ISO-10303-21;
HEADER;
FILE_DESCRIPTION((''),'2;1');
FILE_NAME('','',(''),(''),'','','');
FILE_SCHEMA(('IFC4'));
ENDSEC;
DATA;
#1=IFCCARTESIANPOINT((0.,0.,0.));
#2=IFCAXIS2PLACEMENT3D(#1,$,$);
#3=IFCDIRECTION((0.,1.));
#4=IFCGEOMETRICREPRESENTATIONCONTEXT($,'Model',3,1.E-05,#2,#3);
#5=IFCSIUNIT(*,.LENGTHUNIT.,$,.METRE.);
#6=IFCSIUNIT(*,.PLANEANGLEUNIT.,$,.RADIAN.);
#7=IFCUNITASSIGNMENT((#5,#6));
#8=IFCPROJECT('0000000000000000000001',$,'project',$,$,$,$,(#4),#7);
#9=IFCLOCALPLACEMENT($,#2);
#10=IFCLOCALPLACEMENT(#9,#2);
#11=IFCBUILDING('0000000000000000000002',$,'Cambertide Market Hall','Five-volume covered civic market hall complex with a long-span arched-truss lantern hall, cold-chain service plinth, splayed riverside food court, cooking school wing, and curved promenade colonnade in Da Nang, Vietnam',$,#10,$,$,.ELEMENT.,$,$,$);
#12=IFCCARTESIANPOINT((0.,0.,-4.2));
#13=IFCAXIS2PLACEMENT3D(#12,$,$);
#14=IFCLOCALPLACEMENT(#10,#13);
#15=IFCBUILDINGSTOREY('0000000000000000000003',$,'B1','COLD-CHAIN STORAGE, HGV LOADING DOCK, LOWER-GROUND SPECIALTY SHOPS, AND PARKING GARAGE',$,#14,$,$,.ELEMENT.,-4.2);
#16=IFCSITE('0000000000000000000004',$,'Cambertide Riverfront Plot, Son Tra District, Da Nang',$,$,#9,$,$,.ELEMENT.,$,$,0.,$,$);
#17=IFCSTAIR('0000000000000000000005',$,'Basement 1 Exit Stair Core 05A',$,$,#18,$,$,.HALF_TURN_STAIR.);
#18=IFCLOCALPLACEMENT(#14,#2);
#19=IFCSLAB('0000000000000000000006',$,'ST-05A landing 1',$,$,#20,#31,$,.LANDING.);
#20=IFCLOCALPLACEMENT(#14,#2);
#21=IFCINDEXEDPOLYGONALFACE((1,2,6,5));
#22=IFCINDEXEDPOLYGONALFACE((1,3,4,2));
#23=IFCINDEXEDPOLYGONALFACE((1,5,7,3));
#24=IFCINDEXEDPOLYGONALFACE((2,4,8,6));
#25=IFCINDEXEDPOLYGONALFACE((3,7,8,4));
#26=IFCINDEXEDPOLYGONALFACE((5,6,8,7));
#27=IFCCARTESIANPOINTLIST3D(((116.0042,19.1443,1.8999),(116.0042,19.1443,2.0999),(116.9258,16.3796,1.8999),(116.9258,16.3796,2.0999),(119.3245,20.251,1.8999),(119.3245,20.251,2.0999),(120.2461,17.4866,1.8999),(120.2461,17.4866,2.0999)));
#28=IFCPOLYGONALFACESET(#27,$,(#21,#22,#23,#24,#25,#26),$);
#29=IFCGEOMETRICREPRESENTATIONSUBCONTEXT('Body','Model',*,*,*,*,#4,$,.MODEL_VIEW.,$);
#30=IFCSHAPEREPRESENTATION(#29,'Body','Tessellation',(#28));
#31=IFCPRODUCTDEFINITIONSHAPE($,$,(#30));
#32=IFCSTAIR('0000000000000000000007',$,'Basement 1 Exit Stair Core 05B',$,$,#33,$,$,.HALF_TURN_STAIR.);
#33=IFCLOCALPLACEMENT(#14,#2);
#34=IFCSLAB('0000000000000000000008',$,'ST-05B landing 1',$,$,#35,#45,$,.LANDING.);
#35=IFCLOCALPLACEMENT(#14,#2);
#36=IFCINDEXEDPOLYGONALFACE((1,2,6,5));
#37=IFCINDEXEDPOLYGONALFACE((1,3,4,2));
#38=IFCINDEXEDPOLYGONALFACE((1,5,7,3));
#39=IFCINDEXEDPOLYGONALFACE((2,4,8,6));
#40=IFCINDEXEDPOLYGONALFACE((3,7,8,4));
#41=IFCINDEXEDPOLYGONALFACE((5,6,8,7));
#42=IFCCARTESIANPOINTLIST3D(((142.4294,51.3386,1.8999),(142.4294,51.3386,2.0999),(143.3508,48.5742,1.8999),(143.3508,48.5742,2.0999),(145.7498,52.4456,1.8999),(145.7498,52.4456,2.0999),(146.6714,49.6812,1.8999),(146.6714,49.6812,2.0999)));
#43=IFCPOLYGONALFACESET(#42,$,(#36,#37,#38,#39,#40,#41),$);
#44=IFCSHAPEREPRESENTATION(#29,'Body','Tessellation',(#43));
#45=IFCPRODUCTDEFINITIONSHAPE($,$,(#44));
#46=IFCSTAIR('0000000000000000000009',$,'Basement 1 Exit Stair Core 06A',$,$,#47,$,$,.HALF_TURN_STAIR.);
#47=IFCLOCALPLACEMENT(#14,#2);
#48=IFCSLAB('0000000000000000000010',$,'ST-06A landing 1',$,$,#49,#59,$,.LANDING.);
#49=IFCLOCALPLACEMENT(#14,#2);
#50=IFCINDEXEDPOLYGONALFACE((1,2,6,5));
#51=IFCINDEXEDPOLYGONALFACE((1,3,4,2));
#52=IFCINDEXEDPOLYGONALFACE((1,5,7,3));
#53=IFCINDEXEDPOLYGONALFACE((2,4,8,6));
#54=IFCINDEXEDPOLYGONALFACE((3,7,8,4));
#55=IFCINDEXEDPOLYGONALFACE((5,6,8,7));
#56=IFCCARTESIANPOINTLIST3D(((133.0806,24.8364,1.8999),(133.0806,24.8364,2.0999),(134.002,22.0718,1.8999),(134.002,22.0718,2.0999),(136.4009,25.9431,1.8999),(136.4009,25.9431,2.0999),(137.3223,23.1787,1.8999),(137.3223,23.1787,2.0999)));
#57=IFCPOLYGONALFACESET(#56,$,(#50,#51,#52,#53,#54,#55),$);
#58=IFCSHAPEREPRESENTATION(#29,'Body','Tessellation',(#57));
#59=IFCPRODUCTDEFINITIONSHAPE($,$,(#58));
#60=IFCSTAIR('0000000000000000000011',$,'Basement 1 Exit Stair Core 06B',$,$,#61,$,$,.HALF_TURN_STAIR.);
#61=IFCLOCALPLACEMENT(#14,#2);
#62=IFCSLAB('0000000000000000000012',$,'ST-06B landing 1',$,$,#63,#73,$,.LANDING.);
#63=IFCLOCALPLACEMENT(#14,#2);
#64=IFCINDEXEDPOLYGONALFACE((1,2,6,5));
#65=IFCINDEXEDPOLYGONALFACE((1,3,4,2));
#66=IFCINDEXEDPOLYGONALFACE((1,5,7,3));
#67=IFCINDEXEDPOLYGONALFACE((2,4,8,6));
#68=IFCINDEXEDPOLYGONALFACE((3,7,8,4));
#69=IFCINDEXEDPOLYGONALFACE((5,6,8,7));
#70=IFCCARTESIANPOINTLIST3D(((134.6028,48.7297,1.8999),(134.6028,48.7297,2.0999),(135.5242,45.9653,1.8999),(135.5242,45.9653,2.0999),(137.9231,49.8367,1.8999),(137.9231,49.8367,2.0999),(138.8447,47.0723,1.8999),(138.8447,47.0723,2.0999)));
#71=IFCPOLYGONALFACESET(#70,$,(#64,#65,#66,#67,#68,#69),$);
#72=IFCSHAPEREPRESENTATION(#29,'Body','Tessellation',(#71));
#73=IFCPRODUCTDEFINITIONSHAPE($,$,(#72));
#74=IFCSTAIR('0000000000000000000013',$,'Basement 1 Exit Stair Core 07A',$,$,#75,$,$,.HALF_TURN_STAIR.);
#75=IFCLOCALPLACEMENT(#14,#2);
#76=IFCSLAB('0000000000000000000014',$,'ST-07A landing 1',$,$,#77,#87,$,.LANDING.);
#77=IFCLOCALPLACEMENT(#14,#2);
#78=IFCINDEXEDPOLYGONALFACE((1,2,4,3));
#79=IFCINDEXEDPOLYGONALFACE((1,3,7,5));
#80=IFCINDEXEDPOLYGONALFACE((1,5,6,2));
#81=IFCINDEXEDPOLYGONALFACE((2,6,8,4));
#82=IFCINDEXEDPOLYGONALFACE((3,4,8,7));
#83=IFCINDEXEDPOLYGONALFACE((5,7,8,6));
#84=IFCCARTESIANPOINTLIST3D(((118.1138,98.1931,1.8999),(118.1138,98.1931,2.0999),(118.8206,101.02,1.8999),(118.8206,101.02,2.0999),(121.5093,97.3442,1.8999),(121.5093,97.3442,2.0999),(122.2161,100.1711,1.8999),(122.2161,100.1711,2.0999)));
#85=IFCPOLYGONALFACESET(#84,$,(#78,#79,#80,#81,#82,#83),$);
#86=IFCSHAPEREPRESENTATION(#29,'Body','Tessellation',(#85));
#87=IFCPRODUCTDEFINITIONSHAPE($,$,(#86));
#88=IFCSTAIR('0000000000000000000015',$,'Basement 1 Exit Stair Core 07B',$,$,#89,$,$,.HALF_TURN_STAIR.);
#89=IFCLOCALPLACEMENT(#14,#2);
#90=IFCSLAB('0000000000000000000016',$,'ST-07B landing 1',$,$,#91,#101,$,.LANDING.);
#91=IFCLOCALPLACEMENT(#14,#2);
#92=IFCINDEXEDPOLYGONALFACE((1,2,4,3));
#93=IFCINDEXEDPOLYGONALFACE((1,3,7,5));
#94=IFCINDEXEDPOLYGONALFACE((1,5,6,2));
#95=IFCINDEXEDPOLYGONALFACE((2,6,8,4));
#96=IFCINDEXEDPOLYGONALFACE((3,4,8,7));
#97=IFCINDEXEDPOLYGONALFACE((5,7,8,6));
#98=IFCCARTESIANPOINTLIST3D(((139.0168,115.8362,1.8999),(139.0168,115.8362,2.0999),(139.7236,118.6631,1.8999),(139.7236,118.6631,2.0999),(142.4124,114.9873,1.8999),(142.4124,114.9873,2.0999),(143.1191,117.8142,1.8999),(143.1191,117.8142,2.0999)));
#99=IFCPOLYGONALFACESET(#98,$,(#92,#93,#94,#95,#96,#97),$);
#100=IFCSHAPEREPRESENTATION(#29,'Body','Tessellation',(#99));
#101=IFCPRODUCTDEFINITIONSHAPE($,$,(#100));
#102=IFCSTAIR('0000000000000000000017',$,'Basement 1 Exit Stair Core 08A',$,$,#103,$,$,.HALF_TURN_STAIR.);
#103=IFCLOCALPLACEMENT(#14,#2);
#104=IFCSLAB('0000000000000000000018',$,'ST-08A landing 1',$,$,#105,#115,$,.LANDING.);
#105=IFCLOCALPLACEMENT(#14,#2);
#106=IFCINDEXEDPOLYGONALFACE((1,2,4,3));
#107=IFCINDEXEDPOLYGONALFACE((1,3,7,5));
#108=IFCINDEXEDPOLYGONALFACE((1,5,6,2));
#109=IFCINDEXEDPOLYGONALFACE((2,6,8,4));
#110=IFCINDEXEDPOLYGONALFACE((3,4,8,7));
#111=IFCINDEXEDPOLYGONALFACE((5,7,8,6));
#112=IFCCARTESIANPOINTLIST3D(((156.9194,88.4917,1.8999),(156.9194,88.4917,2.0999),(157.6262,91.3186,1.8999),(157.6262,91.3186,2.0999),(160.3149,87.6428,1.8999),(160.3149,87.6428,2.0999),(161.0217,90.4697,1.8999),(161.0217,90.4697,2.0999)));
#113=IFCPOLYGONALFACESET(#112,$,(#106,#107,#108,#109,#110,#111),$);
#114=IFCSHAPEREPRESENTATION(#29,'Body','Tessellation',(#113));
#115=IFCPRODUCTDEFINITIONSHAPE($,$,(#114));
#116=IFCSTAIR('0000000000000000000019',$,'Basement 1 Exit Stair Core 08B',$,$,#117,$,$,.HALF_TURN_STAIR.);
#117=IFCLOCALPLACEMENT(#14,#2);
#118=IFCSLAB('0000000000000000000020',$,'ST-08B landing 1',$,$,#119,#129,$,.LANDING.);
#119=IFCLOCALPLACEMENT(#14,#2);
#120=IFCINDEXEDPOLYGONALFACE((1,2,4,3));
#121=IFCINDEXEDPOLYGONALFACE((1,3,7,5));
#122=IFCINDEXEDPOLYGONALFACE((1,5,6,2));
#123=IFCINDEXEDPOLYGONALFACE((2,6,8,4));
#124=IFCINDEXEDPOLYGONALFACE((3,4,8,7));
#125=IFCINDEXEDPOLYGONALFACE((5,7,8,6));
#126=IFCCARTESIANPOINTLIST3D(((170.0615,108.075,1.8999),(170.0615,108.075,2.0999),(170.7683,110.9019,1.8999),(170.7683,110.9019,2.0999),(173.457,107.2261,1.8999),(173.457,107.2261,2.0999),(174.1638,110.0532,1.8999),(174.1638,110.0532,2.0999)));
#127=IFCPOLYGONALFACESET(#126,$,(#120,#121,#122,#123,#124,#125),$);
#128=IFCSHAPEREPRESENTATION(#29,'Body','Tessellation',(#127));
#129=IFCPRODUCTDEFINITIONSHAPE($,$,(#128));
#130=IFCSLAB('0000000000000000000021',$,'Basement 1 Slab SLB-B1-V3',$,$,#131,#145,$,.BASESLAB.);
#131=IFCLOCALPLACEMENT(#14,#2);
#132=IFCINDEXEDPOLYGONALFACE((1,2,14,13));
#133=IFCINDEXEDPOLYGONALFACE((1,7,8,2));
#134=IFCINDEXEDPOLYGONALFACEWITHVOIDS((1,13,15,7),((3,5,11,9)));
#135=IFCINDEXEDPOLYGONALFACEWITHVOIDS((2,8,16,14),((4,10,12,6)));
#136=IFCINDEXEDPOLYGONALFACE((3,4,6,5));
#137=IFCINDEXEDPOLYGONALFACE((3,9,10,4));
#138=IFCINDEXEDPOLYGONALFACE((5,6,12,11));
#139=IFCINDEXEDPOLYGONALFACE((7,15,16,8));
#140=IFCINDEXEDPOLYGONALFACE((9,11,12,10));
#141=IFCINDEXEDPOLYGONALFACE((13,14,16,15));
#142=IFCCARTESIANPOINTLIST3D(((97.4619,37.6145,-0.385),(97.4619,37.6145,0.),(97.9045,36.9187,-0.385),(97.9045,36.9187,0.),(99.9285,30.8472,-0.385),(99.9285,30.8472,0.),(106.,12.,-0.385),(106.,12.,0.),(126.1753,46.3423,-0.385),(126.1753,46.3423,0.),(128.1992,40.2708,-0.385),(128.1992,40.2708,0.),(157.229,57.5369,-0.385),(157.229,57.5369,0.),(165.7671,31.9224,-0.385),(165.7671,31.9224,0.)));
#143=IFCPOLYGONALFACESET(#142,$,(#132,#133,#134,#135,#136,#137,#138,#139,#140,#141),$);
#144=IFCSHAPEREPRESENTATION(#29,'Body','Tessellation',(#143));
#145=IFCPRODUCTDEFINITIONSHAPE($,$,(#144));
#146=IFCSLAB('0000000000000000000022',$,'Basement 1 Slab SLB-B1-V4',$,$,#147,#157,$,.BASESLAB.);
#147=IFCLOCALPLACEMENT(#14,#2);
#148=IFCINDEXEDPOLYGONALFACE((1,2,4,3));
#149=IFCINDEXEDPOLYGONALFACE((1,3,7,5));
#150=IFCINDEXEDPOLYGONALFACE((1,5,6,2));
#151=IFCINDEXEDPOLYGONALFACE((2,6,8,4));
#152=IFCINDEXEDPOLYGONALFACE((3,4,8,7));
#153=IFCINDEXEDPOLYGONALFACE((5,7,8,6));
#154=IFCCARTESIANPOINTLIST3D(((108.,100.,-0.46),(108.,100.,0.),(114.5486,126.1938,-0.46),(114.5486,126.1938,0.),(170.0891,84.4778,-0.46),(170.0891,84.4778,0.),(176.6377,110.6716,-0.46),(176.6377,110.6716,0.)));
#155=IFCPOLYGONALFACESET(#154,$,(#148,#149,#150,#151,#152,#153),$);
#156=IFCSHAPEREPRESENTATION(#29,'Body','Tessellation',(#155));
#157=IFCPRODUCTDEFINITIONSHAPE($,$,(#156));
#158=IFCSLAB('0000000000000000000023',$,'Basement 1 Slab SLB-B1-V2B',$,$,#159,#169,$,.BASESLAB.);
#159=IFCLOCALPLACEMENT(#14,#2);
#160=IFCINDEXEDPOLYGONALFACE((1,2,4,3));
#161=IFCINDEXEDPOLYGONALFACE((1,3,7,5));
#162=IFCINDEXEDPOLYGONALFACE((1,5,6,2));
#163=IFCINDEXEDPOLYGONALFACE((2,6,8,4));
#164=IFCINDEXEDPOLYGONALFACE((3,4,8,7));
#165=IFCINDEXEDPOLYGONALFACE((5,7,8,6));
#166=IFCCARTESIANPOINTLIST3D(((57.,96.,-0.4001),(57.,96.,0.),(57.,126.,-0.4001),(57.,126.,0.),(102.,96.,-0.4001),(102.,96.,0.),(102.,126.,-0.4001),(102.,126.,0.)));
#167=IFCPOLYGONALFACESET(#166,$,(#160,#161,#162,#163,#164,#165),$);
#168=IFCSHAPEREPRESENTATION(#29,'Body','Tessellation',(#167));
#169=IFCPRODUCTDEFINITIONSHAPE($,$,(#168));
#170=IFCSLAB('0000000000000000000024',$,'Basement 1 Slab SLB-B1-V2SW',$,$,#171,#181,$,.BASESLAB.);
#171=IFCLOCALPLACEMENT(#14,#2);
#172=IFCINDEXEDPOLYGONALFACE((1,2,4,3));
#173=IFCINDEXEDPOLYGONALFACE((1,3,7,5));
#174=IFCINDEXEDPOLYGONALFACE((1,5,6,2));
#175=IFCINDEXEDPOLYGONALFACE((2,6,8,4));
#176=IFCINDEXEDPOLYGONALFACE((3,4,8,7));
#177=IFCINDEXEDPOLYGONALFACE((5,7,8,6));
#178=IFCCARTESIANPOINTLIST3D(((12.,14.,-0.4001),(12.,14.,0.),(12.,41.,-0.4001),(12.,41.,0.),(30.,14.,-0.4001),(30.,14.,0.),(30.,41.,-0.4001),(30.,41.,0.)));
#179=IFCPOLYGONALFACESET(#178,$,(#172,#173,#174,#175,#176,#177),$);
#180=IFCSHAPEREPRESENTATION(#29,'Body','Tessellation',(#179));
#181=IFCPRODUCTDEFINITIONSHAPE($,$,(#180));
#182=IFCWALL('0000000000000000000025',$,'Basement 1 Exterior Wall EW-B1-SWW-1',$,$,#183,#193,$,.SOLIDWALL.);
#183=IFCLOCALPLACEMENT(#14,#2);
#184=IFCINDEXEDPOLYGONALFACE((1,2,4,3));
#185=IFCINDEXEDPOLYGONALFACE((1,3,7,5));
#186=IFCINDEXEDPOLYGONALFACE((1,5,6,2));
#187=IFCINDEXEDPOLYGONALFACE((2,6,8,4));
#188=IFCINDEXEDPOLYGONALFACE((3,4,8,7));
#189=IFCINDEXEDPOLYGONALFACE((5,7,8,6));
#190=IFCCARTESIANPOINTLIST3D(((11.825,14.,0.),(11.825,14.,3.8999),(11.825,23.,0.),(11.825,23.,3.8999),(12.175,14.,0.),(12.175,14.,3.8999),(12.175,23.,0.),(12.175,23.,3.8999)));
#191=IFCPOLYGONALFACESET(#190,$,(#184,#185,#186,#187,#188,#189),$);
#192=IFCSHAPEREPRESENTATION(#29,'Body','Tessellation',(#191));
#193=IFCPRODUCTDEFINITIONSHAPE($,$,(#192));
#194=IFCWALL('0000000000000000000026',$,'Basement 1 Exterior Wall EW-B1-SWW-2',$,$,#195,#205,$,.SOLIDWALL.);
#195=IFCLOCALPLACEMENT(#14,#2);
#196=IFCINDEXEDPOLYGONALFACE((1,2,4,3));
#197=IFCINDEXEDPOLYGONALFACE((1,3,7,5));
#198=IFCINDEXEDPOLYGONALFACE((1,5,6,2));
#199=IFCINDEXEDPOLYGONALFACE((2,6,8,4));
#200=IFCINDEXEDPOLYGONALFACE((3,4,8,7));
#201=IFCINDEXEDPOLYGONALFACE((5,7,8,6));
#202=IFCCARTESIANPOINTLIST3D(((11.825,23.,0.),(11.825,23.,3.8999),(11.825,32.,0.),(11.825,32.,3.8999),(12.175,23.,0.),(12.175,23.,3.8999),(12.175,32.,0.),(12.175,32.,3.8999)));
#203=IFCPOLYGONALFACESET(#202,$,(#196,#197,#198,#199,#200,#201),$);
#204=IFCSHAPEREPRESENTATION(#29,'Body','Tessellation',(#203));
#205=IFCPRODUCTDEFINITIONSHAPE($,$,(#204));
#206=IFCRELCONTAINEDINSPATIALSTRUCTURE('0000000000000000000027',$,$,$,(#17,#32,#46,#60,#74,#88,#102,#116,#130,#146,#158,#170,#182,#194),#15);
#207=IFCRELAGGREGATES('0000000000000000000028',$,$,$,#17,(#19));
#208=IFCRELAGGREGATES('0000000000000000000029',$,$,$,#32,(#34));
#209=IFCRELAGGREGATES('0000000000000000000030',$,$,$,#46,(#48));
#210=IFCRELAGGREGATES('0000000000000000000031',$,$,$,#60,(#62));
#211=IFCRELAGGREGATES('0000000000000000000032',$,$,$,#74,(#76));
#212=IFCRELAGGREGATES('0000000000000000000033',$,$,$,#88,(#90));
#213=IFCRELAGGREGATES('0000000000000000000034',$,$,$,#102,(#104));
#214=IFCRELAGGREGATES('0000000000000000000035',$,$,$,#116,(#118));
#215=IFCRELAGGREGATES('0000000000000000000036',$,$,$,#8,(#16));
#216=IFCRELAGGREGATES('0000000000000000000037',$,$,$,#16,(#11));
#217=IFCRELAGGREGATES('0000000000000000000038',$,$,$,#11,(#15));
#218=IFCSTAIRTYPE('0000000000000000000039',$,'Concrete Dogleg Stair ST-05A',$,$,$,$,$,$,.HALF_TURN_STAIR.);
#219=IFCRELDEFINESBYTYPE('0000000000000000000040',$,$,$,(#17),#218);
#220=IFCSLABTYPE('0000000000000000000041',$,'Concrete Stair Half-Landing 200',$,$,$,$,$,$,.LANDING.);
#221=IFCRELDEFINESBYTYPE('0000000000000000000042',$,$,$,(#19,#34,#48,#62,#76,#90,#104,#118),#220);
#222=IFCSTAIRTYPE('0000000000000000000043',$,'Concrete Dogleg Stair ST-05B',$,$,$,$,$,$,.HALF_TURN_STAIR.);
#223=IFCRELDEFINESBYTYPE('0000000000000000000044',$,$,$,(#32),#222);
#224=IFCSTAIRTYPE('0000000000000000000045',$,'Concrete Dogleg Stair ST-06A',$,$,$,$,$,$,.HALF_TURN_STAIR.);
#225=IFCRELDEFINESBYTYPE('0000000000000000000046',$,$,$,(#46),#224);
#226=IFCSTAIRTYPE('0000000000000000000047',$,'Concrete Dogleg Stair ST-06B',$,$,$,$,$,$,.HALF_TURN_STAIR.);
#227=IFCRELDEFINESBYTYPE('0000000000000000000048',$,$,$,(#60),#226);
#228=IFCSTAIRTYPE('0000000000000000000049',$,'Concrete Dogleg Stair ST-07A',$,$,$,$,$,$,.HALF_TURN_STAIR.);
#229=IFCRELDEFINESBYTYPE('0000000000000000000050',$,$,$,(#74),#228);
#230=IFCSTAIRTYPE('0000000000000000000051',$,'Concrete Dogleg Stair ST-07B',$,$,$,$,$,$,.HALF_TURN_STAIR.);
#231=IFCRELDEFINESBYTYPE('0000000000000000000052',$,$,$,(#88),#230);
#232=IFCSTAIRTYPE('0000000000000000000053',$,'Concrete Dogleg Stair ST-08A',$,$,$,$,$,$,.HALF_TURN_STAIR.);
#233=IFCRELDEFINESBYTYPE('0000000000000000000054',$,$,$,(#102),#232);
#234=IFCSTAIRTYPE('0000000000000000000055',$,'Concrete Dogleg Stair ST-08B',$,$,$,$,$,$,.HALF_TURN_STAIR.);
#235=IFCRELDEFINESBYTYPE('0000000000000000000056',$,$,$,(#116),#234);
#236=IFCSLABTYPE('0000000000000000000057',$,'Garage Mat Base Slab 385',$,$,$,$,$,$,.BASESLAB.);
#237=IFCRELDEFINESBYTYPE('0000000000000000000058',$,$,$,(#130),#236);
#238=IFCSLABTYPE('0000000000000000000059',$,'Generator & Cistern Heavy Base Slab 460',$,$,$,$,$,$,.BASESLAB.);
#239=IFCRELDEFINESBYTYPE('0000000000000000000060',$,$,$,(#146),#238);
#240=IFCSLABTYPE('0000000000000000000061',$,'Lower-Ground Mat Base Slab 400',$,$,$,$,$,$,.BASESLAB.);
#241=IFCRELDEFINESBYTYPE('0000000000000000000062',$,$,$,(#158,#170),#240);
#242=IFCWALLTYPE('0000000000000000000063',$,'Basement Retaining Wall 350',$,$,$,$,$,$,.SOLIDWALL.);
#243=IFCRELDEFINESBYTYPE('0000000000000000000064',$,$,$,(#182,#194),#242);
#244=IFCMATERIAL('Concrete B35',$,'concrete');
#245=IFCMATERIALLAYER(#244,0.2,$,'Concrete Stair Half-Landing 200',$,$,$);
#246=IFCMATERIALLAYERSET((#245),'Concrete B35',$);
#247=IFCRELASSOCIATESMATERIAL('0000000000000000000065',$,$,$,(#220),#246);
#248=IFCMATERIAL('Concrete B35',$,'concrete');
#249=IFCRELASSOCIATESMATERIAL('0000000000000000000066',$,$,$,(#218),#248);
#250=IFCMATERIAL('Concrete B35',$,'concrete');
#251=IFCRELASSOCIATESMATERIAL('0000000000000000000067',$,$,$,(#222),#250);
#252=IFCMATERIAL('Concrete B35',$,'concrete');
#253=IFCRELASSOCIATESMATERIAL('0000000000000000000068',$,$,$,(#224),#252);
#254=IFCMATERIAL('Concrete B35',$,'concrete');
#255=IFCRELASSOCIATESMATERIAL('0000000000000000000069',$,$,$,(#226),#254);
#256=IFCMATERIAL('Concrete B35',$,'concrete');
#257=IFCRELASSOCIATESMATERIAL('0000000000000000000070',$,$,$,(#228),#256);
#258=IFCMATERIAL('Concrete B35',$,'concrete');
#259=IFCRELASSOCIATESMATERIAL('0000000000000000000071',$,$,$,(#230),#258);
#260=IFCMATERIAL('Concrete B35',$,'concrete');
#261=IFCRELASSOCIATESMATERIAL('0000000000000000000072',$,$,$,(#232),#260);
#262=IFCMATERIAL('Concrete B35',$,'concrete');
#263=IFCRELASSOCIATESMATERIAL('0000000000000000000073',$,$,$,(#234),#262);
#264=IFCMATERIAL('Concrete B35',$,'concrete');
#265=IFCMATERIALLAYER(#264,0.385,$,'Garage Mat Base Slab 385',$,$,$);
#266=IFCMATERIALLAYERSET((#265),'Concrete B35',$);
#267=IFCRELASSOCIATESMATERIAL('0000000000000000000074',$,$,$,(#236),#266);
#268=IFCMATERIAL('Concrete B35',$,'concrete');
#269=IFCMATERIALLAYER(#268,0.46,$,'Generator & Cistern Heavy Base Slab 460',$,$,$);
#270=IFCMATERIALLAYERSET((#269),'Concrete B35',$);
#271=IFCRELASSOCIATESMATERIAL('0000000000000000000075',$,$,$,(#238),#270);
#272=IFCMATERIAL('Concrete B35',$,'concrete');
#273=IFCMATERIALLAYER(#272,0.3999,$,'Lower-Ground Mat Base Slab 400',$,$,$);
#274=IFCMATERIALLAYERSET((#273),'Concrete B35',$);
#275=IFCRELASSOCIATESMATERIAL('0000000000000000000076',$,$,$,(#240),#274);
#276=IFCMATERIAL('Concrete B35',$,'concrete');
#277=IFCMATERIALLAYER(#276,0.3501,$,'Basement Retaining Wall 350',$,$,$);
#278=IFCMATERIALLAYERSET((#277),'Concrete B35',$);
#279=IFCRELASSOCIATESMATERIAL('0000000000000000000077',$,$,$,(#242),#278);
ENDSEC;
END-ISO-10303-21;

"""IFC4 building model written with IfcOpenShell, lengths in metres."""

from ifc_helpers import new_model, si_unit, direction, frame, frame_2d, origin, place, context, subcontext, project, spatial, polyline, rectangle, outline, extrude, material, layer, layer_set, type_object, element, aggregate, save


model = new_model("IFC4")

# Units and contexts
model_context = context("Model", 3, precision=1e-05, world=origin(), true_north=direction((0.0, 1.0)))
body_context = subcontext(model_context, "Body", "Model", "MODEL_VIEW")
ifc_project = project(units=[si_unit("LENGTHUNIT", "METRE"), si_unit("PLANEANGLEUNIT", "RADIAN")], contexts=[model_context])

# Site, building, storey
site_placement = place(None, origin())
site = spatial("IfcSite", under=ifc_project, at=site_placement, Name="Cambertide Riverfront Plot, Son Tra District, Da Nang", CompositionType="ELEMENT", RefElevation=0.0)
building_placement = place(site_placement, origin())
building = spatial("IfcBuilding", under=site, at=building_placement, Name="Cambertide Market Hall", Description="Five-volume covered civic market hall complex with a long-span arched-truss lantern hall, cold-chain service plinth, splayed riverside food court, cooking school wing, and curved promenade colonnade in Da Nang, Vietnam", CompositionType="ELEMENT")
storey_placement = place(building_placement, frame((0.0, 0.0, -4.2)))
storey = spatial("IfcBuildingStorey", under=building, at=storey_placement, Name="B1", Description="COLD-CHAIN STORAGE, HGV LOADING DOCK, LOWER-GROUND SPECIALTY SHOPS, AND PARKING GARAGE", CompositionType="ELEMENT", Elevation=-4.2)

# Stairs, slabs
ifc_material_1 = material(Name="Concrete B35", Category="concrete")
ifc_layer_1 = layer(ifc_material_1, 0.2, Name="Concrete Stair Half-Landing 200")
ifc_layer_set_1 = layer_set([ifc_layer_1], Name="Concrete B35")
slab_type_1 = type_object("IfcSlabType", Name="Concrete Stair Half-Landing 200", PredefinedType="LANDING", material=ifc_layer_set_1)
ifc_material_2 = material(Name="Concrete B35", Category="concrete")
stair_type_1 = type_object("IfcStairType", Name="Concrete Dogleg Stair ST-05A", PredefinedType="HALF_TURN_STAIR", material=ifc_material_2)
stair_1_placement = place(storey_placement, origin())
stair_1 = element("IfcStair", 1, at=stair_1_placement, inside=storey, type_object=stair_type_1, Name="Basement 1 Exit Stair Core 05A", PredefinedType="HALF_TURN_STAIR")
slab_1_placement = place(storey_placement, frame((0.0, 0.0, 1.8999)))
slab_1 = element("IfcSlab", 2, at=slab_1_placement, type_object=slab_type_1, Name="ST-05A landing 1", PredefinedType="LANDING", context=body_context, shape_type="SweptSolid", body=[
    extrude(outline(polyline([(116.0042, 19.1443), (116.9258, 16.3796), (120.2461, 17.4866), (119.3245, 20.251), (116.0042, 19.1443)])), origin(), (0.0, 0.0, 1.0), 0.2),
])
aggregate(stair_1, [slab_1])
ifc_material_3 = material(Name="Concrete B35", Category="concrete")
stair_type_2 = type_object("IfcStairType", Name="Concrete Dogleg Stair ST-05B", PredefinedType="HALF_TURN_STAIR", material=ifc_material_3)
stair_2_placement = place(storey_placement, origin())
stair_2 = element("IfcStair", 3, at=stair_2_placement, inside=storey, type_object=stair_type_2, Name="Basement 1 Exit Stair Core 05B", PredefinedType="HALF_TURN_STAIR")
slab_2_placement = place(storey_placement, frame((0.0, 0.0, 1.8999)))
slab_2 = element("IfcSlab", 4, at=slab_2_placement, type_object=slab_type_1, Name="ST-05B landing 1", PredefinedType="LANDING", context=body_context, shape_type="SweptSolid", body=[
    extrude(outline(polyline([(146.6714, 49.6812), (145.7498, 52.4456), (142.4294, 51.3386), (143.3508, 48.5742), (146.6714, 49.6812)])), origin(), (0.0, 0.0, 1.0), 0.2),
])
aggregate(stair_2, [slab_2])
ifc_material_4 = material(Name="Concrete B35", Category="concrete")
stair_type_3 = type_object("IfcStairType", Name="Concrete Dogleg Stair ST-06A", PredefinedType="HALF_TURN_STAIR", material=ifc_material_4)
stair_3_placement = place(storey_placement, origin())
stair_3 = element("IfcStair", 5, at=stair_3_placement, inside=storey, type_object=stair_type_3, Name="Basement 1 Exit Stair Core 06A", PredefinedType="HALF_TURN_STAIR")
slab_3_placement = place(storey_placement, frame((0.0, 0.0, 1.8999)))
slab_3 = element("IfcSlab", 6, at=slab_3_placement, type_object=slab_type_1, Name="ST-06A landing 1", PredefinedType="LANDING", context=body_context, shape_type="SweptSolid", body=[
    extrude(outline(polyline([(133.0806, 24.8364), (134.002, 22.0718), (137.3223, 23.1787), (136.4009, 25.9431), (133.0806, 24.8364)])), origin(), (0.0, 0.0, 1.0), 0.2),
])
aggregate(stair_3, [slab_3])
ifc_material_5 = material(Name="Concrete B35", Category="concrete")
stair_type_4 = type_object("IfcStairType", Name="Concrete Dogleg Stair ST-06B", PredefinedType="HALF_TURN_STAIR", material=ifc_material_5)
stair_4_placement = place(storey_placement, origin())
stair_4 = element("IfcStair", 7, at=stair_4_placement, inside=storey, type_object=stair_type_4, Name="Basement 1 Exit Stair Core 06B", PredefinedType="HALF_TURN_STAIR")
slab_4_placement = place(storey_placement, frame((0.0, 0.0, 1.8999)))
slab_4 = element("IfcSlab", 8, at=slab_4_placement, type_object=slab_type_1, Name="ST-06B landing 1", PredefinedType="LANDING", context=body_context, shape_type="SweptSolid", body=[
    extrude(outline(polyline([(138.8447, 47.0723), (137.9231, 49.8367), (134.6028, 48.7297), (135.5242, 45.9653), (138.8447, 47.0723)])), origin(), (0.0, 0.0, 1.0), 0.2),
])
aggregate(stair_4, [slab_4])
ifc_material_6 = material(Name="Concrete B35", Category="concrete")
stair_type_5 = type_object("IfcStairType", Name="Concrete Dogleg Stair ST-07A", PredefinedType="HALF_TURN_STAIR", material=ifc_material_6)
stair_5_placement = place(storey_placement, origin())
stair_5 = element("IfcStair", 9, at=stair_5_placement, inside=storey, type_object=stair_type_5, Name="Basement 1 Exit Stair Core 07A", PredefinedType="HALF_TURN_STAIR")
slab_5_placement = place(storey_placement, frame((0.0, 0.0, 1.8999)))
slab_5 = element("IfcSlab", 10, at=slab_5_placement, type_object=slab_type_1, Name="ST-07A landing 1", PredefinedType="LANDING", context=body_context, shape_type="SweptSolid", body=[
    extrude(outline(polyline([(118.8206, 101.02), (118.1138, 98.1931), (121.5093, 97.3442), (122.2161, 100.1711), (118.8206, 101.02)])), origin(), (0.0, 0.0, 1.0), 0.2),
])
aggregate(stair_5, [slab_5])
ifc_material_7 = material(Name="Concrete B35", Category="concrete")
stair_type_6 = type_object("IfcStairType", Name="Concrete Dogleg Stair ST-07B", PredefinedType="HALF_TURN_STAIR", material=ifc_material_7)
stair_6_placement = place(storey_placement, origin())
stair_6 = element("IfcStair", 11, at=stair_6_placement, inside=storey, type_object=stair_type_6, Name="Basement 1 Exit Stair Core 07B", PredefinedType="HALF_TURN_STAIR")
slab_6_placement = place(storey_placement, frame((0.0, 0.0, 1.8999)))
slab_6 = element("IfcSlab", 12, at=slab_6_placement, type_object=slab_type_1, Name="ST-07B landing 1", PredefinedType="LANDING", context=body_context, shape_type="SweptSolid", body=[
    extrude(outline(polyline([(142.4124, 114.9873), (143.1191, 117.8142), (139.7236, 118.6631), (139.0168, 115.8362), (142.4124, 114.9873)])), origin(), (0.0, 0.0, 1.0), 0.2),
])
aggregate(stair_6, [slab_6])
ifc_material_8 = material(Name="Concrete B35", Category="concrete")
stair_type_7 = type_object("IfcStairType", Name="Concrete Dogleg Stair ST-08A", PredefinedType="HALF_TURN_STAIR", material=ifc_material_8)
stair_7_placement = place(storey_placement, origin())
stair_7 = element("IfcStair", 13, at=stair_7_placement, inside=storey, type_object=stair_type_7, Name="Basement 1 Exit Stair Core 08A", PredefinedType="HALF_TURN_STAIR")
slab_7_placement = place(storey_placement, frame((0.0, 0.0, 1.8999)))
slab_7 = element("IfcSlab", 14, at=slab_7_placement, type_object=slab_type_1, Name="ST-08A landing 1", PredefinedType="LANDING", context=body_context, shape_type="SweptSolid", body=[
    extrude(outline(polyline([(157.6262, 91.3186), (156.9194, 88.4917), (160.3149, 87.6428), (161.0217, 90.4697), (157.6262, 91.3186)])), origin(), (0.0, 0.0, 1.0), 0.2),
])
aggregate(stair_7, [slab_7])
ifc_material_9 = material(Name="Concrete B35", Category="concrete")
stair_type_8 = type_object("IfcStairType", Name="Concrete Dogleg Stair ST-08B", PredefinedType="HALF_TURN_STAIR", material=ifc_material_9)
stair_8_placement = place(storey_placement, origin())
stair_8 = element("IfcStair", 15, at=stair_8_placement, inside=storey, type_object=stair_type_8, Name="Basement 1 Exit Stair Core 08B", PredefinedType="HALF_TURN_STAIR")
slab_8_placement = place(storey_placement, frame((0.0, 0.0, 1.8999)))
slab_8 = element("IfcSlab", 16, at=slab_8_placement, type_object=slab_type_1, Name="ST-08B landing 1", PredefinedType="LANDING", context=body_context, shape_type="SweptSolid", body=[
    extrude(outline(polyline([(173.457, 107.2261), (174.1638, 110.0532), (170.7683, 110.9019), (170.0615, 108.075), (173.457, 107.2261)])), origin(), (0.0, 0.0, 1.0), 0.2),
])
aggregate(stair_8, [slab_8])

# Slabs
ifc_material_10 = material(Name="Concrete B35", Category="concrete")
ifc_layer_2 = layer(ifc_material_10, 0.385, Name="Garage Mat Base Slab 385")
ifc_layer_set_2 = layer_set([ifc_layer_2], Name="Concrete B35")
slab_type_2 = type_object("IfcSlabType", Name="Garage Mat Base Slab 385", PredefinedType="BASESLAB", material=ifc_layer_set_2)
slab_9_placement = place(storey_placement, frame((0.0, 0.0, -0.385)))
element("IfcSlab", 17, at=slab_9_placement, inside=storey, type_object=slab_type_2, Name="Basement 1 Slab SLB-B1-V3", PredefinedType="BASESLAB", context=body_context, shape_type="SweptSolid", body=[
    extrude(outline(polyline([(106.0, 12.0), (165.7671, 31.9224), (157.229, 57.5369), (97.4619, 37.6145), (106.0, 12.0)]), holes=[polyline([(97.9045, 36.9187), (126.1753, 46.3423), (128.1992, 40.2708), (99.9285, 30.8472), (97.9045, 36.9187)])]), origin(), (0.0, 0.0, 1.0), 0.385),
])
ifc_material_11 = material(Name="Concrete B35", Category="concrete")
ifc_layer_3 = layer(ifc_material_11, 0.46, Name="Generator & Cistern Heavy Base Slab 460")
ifc_layer_set_3 = layer_set([ifc_layer_3], Name="Concrete B35")
slab_type_3 = type_object("IfcSlabType", Name="Generator & Cistern Heavy Base Slab 460", PredefinedType="BASESLAB", material=ifc_layer_set_3)
slab_10_placement = place(storey_placement, frame((0.0, 0.0, -0.46)))
element("IfcSlab", 18, at=slab_10_placement, inside=storey, type_object=slab_type_3, Name="Basement 1 Slab SLB-B1-V4", PredefinedType="BASESLAB", context=body_context, shape_type="SweptSolid", body=[
    extrude(outline(polyline([(108.0, 100.0), (170.0891, 84.4778), (176.6377, 110.6716), (114.5486, 126.1938), (108.0, 100.0)])), origin(), (0.0, 0.0, 1.0), 0.46),
])
ifc_material_12 = material(Name="Concrete B35", Category="concrete")
ifc_layer_4 = layer(ifc_material_12, 0.3999, Name="Lower-Ground Mat Base Slab 400")
ifc_layer_set_4 = layer_set([ifc_layer_4], Name="Concrete B35")
slab_type_4 = type_object("IfcSlabType", Name="Lower-Ground Mat Base Slab 400", PredefinedType="BASESLAB", material=ifc_layer_set_4)
slab_11_placement = place(storey_placement, frame((0.0, 0.0, -0.4001)))
element("IfcSlab", 19, at=slab_11_placement, inside=storey, type_object=slab_type_4, Name="Basement 1 Slab SLB-B1-V2B", PredefinedType="BASESLAB", context=body_context, shape_type="SweptSolid", body=[
    extrude(outline(polyline([(57.0, 96.0), (102.0, 96.0), (102.0, 126.0), (57.0, 126.0), (57.0, 96.0)])), origin(), (0.0, 0.0, 1.0), 0.4001),
])
slab_12_placement = place(storey_placement, frame((0.0, 0.0, -0.4001)))
element("IfcSlab", 20, at=slab_12_placement, inside=storey, type_object=slab_type_4, Name="Basement 1 Slab SLB-B1-V2SW", PredefinedType="BASESLAB", context=body_context, shape_type="SweptSolid", body=[
    extrude(outline(polyline([(12.0, 14.0), (30.0, 14.0), (30.0, 41.0), (12.0, 41.0), (12.0, 14.0)])), origin(), (0.0, 0.0, 1.0), 0.4001),
])

# Walls
ifc_material_13 = material(Name="Concrete B35", Category="concrete")
ifc_layer_5 = layer(ifc_material_13, 0.3501, Name="Basement Retaining Wall 350")
ifc_layer_set_5 = layer_set([ifc_layer_5], Name="Concrete B35")
wall_type = type_object("IfcWallType", Name="Basement Retaining Wall 350", PredefinedType="SOLIDWALL", material=ifc_layer_set_5)
for number, where, z_axis, x_axis, name in (
    (21, (12.0, 14.0, 0.0), (0.0, 0.0, 1.0), (0.0, 1.0, 0.0), "Basement 1 Exterior Wall EW-B1-SWW-1"),
    (22, (12.0, 23.0, 0.0), (0.0, 0.0, 1.0), (0.0, 1.0, 0.0), "Basement 1 Exterior Wall EW-B1-SWW-2"),
):
    element("IfcWall", number, at=place(storey_placement, frame(where, z_axis=z_axis, x_axis=x_axis)), inside=storey, type_object=wall_type, Name=name, PredefinedType="SOLIDWALL", context=body_context, shape_type="SweptSolid", body=[
        extrude(rectangle(XDim=9.0, YDim=0.3501, at=frame_2d((4.5, 0.0))), origin(), (0.0, 0.0, 1.0), 3.8999),
    ])

save(model, "model.ifc")
